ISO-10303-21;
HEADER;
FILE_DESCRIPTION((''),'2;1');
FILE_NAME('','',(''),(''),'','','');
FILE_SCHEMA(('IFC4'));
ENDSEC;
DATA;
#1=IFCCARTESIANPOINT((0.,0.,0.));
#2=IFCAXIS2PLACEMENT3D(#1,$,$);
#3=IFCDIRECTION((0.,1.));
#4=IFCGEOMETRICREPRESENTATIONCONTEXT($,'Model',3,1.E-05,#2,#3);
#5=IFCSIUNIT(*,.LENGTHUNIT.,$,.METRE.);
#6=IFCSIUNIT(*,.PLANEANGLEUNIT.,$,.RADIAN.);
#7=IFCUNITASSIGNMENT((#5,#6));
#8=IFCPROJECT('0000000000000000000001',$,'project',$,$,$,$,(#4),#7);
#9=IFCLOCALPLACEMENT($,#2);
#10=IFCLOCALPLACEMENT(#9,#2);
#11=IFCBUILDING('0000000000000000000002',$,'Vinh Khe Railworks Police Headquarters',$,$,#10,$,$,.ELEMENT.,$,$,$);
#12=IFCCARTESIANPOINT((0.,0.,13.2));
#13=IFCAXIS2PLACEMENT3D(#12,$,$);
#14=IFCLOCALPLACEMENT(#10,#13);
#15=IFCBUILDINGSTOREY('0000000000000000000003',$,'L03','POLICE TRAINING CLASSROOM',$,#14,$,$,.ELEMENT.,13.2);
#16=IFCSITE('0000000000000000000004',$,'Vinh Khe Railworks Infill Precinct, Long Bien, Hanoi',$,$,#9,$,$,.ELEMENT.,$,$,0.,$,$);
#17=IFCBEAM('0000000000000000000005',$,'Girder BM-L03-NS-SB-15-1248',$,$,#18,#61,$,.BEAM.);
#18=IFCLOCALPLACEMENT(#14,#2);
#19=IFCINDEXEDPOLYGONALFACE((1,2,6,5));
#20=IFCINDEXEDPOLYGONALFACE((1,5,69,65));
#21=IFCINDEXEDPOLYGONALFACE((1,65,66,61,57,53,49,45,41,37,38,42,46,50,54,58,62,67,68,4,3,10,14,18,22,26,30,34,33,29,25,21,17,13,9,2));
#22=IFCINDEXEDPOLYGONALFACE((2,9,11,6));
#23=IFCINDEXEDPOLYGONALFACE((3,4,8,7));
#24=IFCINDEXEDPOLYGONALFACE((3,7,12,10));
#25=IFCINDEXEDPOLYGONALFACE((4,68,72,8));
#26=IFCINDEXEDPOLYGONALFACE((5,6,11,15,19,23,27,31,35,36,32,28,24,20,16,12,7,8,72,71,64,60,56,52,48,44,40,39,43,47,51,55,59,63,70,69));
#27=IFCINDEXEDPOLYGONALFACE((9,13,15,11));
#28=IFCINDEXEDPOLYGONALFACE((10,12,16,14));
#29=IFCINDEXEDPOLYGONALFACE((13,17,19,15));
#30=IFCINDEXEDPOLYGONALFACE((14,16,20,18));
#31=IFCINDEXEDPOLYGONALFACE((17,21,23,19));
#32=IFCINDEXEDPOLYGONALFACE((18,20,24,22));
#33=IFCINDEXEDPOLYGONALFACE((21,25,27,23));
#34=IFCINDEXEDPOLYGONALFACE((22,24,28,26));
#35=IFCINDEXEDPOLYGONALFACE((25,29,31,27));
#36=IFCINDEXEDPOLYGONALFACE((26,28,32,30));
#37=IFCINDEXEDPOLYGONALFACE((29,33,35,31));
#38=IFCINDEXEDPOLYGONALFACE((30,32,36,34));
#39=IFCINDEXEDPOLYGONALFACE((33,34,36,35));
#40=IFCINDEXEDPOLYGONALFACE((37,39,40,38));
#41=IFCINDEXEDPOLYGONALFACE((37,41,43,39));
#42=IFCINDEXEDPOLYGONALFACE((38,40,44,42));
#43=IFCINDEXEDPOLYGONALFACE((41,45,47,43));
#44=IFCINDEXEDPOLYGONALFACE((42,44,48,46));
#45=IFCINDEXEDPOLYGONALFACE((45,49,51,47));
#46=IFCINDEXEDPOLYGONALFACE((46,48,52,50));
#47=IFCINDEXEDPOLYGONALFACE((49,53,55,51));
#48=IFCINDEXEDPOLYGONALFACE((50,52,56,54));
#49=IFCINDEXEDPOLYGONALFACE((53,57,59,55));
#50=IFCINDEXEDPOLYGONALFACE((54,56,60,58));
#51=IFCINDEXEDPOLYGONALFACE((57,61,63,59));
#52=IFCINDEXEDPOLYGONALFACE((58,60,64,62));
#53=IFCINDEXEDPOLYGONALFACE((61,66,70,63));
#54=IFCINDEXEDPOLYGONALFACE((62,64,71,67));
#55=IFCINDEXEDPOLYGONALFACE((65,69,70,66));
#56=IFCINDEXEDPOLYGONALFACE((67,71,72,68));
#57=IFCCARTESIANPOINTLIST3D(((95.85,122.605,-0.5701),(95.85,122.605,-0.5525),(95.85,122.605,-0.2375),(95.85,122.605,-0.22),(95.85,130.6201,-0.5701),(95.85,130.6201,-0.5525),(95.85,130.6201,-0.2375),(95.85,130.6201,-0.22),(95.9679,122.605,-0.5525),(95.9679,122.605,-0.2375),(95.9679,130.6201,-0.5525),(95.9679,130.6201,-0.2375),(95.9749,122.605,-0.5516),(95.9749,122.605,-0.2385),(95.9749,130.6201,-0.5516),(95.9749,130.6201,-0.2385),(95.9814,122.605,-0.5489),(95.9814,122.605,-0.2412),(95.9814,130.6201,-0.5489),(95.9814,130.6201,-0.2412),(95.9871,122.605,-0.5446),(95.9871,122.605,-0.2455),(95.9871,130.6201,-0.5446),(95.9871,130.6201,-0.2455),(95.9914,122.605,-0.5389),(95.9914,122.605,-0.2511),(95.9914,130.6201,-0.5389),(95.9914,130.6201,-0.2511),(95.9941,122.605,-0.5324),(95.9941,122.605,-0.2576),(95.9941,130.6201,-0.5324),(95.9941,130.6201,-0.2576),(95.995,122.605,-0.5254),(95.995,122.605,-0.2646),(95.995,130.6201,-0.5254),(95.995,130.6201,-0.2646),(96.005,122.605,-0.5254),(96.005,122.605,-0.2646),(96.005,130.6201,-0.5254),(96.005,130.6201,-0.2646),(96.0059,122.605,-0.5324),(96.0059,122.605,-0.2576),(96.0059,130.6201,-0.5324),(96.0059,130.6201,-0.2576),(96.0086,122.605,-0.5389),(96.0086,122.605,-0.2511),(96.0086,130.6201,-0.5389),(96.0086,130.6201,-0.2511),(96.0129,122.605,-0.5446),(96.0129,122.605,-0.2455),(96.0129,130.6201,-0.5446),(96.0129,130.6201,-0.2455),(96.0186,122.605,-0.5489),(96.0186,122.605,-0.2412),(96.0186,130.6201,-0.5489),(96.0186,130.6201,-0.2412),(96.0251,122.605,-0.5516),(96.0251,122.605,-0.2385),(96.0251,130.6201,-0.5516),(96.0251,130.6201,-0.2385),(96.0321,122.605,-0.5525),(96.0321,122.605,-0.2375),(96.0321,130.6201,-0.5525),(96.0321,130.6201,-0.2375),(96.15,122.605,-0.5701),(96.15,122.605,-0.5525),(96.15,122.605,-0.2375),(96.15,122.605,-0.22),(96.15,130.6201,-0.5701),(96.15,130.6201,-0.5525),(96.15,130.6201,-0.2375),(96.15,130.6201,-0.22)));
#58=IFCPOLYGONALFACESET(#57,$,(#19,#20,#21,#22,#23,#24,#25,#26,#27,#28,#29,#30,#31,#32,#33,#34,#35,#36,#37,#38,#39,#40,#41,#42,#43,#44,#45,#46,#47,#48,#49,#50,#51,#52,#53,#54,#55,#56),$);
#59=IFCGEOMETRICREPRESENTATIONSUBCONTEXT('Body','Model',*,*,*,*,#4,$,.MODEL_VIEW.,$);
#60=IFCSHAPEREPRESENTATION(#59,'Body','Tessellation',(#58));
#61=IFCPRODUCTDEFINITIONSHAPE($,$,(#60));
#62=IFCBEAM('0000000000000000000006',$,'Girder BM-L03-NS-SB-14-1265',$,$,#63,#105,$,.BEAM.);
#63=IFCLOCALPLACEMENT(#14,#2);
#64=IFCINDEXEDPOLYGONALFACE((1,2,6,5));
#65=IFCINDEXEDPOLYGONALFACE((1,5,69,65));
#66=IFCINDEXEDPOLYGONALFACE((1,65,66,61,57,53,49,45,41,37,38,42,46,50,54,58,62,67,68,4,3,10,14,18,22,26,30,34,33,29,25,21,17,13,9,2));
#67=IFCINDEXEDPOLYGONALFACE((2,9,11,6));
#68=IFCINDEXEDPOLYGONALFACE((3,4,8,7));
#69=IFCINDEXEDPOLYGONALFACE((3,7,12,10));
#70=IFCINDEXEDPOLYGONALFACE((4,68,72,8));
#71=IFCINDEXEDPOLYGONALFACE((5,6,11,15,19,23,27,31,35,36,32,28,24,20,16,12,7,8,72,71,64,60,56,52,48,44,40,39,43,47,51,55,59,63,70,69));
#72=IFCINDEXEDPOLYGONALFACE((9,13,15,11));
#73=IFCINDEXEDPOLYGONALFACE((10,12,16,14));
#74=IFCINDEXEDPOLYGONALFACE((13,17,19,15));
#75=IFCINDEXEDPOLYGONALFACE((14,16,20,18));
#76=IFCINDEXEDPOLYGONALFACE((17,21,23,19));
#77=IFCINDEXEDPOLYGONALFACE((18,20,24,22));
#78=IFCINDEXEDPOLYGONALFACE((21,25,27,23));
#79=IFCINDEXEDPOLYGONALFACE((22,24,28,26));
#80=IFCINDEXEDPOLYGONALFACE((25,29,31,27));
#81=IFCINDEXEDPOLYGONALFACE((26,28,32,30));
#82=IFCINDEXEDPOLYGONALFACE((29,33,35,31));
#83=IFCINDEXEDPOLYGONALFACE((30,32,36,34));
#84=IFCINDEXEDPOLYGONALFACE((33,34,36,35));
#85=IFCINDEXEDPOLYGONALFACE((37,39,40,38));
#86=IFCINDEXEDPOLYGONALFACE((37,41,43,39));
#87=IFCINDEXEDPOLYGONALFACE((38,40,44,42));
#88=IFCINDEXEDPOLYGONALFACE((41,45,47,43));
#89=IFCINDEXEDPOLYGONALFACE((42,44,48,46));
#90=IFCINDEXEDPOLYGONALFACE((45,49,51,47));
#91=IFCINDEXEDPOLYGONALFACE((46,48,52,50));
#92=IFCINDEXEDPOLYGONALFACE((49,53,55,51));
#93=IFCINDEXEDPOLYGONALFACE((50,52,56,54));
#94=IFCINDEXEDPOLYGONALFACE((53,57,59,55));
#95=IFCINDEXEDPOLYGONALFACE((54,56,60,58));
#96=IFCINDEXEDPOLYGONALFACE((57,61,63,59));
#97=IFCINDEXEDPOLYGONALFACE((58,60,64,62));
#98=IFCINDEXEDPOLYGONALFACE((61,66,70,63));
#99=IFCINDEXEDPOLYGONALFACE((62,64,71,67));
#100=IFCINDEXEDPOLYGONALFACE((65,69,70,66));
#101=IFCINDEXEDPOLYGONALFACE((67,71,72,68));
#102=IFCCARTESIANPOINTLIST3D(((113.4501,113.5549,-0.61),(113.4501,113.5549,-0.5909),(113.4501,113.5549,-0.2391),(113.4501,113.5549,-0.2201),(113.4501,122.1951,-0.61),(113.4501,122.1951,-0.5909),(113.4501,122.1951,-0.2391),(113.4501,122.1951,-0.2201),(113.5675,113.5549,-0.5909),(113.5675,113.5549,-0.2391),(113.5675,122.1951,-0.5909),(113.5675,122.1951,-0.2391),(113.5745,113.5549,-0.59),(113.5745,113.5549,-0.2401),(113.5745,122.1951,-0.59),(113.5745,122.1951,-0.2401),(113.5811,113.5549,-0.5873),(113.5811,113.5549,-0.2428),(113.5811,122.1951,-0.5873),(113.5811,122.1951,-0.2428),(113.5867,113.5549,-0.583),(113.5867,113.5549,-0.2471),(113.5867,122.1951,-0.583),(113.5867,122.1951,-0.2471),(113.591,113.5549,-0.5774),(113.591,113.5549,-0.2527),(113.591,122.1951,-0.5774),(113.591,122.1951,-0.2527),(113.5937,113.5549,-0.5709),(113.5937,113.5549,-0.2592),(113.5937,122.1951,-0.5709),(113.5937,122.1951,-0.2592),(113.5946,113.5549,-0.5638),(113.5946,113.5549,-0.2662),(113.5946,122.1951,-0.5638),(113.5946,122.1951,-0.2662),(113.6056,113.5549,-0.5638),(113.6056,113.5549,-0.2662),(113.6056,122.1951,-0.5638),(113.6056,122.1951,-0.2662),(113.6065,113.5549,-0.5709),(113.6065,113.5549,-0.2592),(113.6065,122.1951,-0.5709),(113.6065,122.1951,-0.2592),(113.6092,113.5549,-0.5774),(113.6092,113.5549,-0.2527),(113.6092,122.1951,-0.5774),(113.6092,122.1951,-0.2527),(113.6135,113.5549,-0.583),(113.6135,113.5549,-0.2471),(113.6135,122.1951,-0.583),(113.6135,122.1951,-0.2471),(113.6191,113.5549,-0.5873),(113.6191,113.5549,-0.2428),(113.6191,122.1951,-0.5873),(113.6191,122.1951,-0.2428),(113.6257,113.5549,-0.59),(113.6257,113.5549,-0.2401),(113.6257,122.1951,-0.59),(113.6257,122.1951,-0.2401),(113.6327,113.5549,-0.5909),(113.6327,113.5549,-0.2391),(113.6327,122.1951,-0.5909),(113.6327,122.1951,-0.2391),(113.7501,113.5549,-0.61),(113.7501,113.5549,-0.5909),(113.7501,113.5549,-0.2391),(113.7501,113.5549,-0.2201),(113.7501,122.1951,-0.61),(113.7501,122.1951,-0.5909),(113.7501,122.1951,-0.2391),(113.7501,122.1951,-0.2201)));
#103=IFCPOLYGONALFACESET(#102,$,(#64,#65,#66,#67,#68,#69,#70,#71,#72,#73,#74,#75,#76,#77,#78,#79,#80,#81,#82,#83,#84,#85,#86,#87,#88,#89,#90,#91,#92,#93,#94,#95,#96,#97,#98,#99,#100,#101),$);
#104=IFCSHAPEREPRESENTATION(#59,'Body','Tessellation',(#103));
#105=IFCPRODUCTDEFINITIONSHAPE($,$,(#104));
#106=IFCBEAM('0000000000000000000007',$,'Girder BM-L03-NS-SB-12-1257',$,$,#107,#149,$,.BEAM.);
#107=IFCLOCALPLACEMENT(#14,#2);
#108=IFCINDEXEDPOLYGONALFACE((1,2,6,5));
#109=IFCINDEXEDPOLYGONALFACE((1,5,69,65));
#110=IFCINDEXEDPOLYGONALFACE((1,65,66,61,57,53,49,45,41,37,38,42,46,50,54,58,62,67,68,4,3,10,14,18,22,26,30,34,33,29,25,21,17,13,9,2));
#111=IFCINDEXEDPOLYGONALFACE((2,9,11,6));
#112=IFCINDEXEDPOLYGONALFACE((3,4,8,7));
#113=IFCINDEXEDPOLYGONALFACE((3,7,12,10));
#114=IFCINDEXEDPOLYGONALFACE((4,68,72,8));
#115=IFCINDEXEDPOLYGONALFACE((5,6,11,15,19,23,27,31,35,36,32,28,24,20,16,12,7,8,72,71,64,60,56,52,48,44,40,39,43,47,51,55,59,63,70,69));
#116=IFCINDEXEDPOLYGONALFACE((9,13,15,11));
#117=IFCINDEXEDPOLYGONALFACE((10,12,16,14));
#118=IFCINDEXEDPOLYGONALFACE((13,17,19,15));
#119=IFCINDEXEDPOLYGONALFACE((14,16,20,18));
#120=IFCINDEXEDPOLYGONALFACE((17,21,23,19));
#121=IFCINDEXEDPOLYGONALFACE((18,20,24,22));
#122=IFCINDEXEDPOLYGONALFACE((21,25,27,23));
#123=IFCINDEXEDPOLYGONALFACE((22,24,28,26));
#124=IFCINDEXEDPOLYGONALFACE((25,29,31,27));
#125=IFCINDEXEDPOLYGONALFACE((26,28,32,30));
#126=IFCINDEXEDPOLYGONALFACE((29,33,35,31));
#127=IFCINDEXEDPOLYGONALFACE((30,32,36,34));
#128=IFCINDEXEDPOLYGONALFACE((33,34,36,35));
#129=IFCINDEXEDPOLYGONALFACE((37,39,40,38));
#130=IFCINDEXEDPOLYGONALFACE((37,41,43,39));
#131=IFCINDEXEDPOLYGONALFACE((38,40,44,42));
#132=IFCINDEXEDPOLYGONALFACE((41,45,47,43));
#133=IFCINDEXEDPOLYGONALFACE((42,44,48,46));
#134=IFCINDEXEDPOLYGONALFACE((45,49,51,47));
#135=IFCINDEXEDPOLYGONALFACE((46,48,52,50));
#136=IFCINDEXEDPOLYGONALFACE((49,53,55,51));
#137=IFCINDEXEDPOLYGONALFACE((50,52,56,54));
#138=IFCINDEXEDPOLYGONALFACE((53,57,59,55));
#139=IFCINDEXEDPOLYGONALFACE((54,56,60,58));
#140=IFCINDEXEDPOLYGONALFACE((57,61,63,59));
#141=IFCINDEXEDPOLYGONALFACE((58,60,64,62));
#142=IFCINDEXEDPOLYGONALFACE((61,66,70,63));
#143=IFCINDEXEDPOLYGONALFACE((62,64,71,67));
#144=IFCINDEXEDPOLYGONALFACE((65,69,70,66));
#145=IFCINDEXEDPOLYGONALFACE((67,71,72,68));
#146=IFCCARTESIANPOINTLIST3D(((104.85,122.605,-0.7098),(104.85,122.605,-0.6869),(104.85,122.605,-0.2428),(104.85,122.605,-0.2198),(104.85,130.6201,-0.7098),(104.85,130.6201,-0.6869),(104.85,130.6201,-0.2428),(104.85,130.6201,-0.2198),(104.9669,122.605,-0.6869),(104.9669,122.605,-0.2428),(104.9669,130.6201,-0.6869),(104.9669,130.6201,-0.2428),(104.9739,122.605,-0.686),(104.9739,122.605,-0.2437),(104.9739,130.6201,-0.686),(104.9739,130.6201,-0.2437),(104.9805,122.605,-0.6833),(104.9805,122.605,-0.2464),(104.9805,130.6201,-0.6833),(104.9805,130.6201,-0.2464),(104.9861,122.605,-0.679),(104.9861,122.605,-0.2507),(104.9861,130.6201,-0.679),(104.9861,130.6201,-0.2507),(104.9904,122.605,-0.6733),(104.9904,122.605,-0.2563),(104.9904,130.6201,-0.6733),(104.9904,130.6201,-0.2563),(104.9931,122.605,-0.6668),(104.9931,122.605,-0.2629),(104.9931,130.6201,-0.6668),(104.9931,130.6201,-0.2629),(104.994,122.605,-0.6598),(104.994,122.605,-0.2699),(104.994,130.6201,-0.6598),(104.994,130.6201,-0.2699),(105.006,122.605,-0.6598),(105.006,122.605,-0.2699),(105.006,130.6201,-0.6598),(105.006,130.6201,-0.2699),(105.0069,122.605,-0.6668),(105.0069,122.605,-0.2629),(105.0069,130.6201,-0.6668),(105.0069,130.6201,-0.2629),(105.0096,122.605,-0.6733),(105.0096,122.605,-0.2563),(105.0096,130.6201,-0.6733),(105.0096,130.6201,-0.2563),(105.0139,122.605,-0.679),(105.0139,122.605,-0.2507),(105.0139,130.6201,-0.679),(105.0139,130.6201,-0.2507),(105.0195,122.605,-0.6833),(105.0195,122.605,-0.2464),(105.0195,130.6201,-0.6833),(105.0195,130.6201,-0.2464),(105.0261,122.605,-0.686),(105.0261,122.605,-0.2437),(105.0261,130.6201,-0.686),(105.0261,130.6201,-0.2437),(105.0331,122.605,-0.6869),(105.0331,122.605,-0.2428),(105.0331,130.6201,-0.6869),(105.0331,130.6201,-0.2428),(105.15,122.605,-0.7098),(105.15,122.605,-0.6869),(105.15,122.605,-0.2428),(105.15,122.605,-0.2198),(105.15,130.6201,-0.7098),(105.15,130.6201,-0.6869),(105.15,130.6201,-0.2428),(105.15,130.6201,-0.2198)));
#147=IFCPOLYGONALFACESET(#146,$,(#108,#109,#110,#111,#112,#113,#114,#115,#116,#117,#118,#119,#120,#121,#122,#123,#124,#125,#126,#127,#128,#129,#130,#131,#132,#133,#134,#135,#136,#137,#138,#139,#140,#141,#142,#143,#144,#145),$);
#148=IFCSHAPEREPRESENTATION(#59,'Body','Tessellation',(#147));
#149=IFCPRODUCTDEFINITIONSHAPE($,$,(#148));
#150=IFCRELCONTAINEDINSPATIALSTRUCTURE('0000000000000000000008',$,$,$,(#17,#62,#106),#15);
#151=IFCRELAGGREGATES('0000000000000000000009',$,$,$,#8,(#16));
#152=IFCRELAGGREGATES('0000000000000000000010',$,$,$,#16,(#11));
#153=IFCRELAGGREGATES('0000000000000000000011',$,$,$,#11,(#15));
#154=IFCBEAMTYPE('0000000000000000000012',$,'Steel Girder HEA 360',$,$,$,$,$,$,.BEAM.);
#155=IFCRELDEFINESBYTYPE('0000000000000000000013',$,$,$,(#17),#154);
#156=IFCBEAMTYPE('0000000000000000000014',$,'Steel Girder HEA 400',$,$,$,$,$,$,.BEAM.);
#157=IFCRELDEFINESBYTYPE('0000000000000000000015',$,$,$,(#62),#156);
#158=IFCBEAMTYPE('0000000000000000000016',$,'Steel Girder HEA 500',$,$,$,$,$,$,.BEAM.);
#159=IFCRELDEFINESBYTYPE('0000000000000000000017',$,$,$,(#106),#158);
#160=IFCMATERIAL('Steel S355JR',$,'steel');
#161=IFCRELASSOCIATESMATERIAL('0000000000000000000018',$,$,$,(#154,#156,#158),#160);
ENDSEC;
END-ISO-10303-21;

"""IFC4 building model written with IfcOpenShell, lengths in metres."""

from ifc_helpers import new_model, si_unit, direction, frame, origin, origin_2d, place, context, subcontext, project, spatial, i_section, extrude, material, material_profile, profile_set, type_object, element, save


model = new_model("IFC4")

# Units and contexts
model_context = context("Model", 3, precision=1e-05, world=origin(), true_north=direction((0.0, 1.0)))
body_context = subcontext(model_context, "Body", "Model", "MODEL_VIEW")
ifc_project = project(units=[si_unit("LENGTHUNIT", "METRE"), si_unit("PLANEANGLEUNIT", "RADIAN")], contexts=[model_context])

# Site, building, storey
site_placement = place(None, origin())
site = spatial("IfcSite", under=ifc_project, at=site_placement, Name="Vinh Khe Railworks Infill Precinct, Long Bien, Hanoi", CompositionType="ELEMENT", RefElevation=0.0)
building_placement = place(site_placement, origin())
building = spatial("IfcBuilding", under=site, at=building_placement, Name="Vinh Khe Railworks Police Headquarters", CompositionType="ELEMENT")
storey_placement = place(building_placement, frame((0.0, 0.0, 13.2)))
storey = spatial("IfcBuildingStorey", under=building, at=storey_placement, Name="L03", Description="POLICE TRAINING CLASSROOM", CompositionType="ELEMENT", Elevation=13.2)

# Shared definitions
ifc_material_1 = material(Name="Steel S355JR", Category="steel")

# Beams
ifc_material_profile_1 = material_profile(ifc_material_1, i_section(OverallWidth=0.3, OverallDepth=0.3501, WebThickness=0.01, FlangeThickness=0.0176, FilletRadius=0.0271, at=origin_2d()), Name="HEA 360")
ifc_profile_set_1 = profile_set([ifc_material_profile_1], Name="Steel S355JR")
beam_type_1 = type_object("IfcBeamType", Name="Steel Girder HEA 360", PredefinedType="BEAM", material=ifc_profile_set_1)
beam_1_placement = place(storey_placement, frame((96.0, 122.605, -0.395), z_axis=(0.0, 1.0, 0.0), x_axis=(-1.0, 0.0, 0.0)))
element("IfcBeam", 1, at=beam_1_placement, inside=storey, type_object=beam_type_1, Name="Girder BM-L03-NS-SB-15-1248", PredefinedType="BEAM", context=body_context, shape_type="SweptSolid", body=[
    extrude(i_section(OverallWidth=0.3, OverallDepth=0.3501, WebThickness=0.01, FlangeThickness=0.0176, FilletRadius=0.0271, at=origin_2d()), origin(), (0.0, 0.0, 1.0), 8.0151),
])
ifc_material_profile_2 = material_profile(ifc_material_1, i_section(OverallWidth=0.3, OverallDepth=0.3899, WebThickness=0.011, FlangeThickness=0.019, FilletRadius=0.0271, at=origin_2d()), Name="HEA 400")
ifc_profile_set_2 = profile_set([ifc_material_profile_2], Name="Steel S355JR")
beam_type_2 = type_object("IfcBeamType", Name="Steel Girder HEA 400", PredefinedType="BEAM", material=ifc_profile_set_2)
beam_2_placement = place(storey_placement, frame((113.6001, 113.5549, -0.415), z_axis=(0.0, 1.0, 0.0), x_axis=(-1.0, 0.0, 0.0)))
element("IfcBeam", 2, at=beam_2_placement, inside=storey, type_object=beam_type_2, Name="Girder BM-L03-NS-SB-14-1265", PredefinedType="BEAM", context=body_context, shape_type="SweptSolid", body=[
    extrude(i_section(OverallWidth=0.3, OverallDepth=0.3899, WebThickness=0.011, FlangeThickness=0.019, FilletRadius=0.0271, at=origin_2d()), origin(), (0.0, 0.0, 1.0), 8.6401),
])
ifc_material_profile_3 = material_profile(ifc_material_1, i_section(OverallWidth=0.3, OverallDepth=0.49, WebThickness=0.012, FlangeThickness=0.0229, FilletRadius=0.0271, at=origin_2d()), Name="HEA 500")
ifc_profile_set_3 = profile_set([ifc_material_profile_3], Name="Steel S355JR")
beam_type_3 = type_object("IfcBeamType", Name="Steel Girder HEA 500", PredefinedType="BEAM", material=ifc_profile_set_3)
beam_3_placement = place(storey_placement, frame((105.0, 122.605, -0.4648), z_axis=(0.0, 1.0, 0.0), x_axis=(-1.0, 0.0, 0.0)))
element("IfcBeam", 3, at=beam_3_placement, inside=storey, type_object=beam_type_3, Name="Girder BM-L03-NS-SB-12-1257", PredefinedType="BEAM", context=body_context, shape_type="SweptSolid", body=[
    extrude(i_section(OverallWidth=0.3, OverallDepth=0.49, WebThickness=0.012, FlangeThickness=0.0229, FilletRadius=0.0271, at=origin_2d()), origin(), (0.0, 0.0, 1.0), 8.0151),
])

save(model, "model.ifc")
